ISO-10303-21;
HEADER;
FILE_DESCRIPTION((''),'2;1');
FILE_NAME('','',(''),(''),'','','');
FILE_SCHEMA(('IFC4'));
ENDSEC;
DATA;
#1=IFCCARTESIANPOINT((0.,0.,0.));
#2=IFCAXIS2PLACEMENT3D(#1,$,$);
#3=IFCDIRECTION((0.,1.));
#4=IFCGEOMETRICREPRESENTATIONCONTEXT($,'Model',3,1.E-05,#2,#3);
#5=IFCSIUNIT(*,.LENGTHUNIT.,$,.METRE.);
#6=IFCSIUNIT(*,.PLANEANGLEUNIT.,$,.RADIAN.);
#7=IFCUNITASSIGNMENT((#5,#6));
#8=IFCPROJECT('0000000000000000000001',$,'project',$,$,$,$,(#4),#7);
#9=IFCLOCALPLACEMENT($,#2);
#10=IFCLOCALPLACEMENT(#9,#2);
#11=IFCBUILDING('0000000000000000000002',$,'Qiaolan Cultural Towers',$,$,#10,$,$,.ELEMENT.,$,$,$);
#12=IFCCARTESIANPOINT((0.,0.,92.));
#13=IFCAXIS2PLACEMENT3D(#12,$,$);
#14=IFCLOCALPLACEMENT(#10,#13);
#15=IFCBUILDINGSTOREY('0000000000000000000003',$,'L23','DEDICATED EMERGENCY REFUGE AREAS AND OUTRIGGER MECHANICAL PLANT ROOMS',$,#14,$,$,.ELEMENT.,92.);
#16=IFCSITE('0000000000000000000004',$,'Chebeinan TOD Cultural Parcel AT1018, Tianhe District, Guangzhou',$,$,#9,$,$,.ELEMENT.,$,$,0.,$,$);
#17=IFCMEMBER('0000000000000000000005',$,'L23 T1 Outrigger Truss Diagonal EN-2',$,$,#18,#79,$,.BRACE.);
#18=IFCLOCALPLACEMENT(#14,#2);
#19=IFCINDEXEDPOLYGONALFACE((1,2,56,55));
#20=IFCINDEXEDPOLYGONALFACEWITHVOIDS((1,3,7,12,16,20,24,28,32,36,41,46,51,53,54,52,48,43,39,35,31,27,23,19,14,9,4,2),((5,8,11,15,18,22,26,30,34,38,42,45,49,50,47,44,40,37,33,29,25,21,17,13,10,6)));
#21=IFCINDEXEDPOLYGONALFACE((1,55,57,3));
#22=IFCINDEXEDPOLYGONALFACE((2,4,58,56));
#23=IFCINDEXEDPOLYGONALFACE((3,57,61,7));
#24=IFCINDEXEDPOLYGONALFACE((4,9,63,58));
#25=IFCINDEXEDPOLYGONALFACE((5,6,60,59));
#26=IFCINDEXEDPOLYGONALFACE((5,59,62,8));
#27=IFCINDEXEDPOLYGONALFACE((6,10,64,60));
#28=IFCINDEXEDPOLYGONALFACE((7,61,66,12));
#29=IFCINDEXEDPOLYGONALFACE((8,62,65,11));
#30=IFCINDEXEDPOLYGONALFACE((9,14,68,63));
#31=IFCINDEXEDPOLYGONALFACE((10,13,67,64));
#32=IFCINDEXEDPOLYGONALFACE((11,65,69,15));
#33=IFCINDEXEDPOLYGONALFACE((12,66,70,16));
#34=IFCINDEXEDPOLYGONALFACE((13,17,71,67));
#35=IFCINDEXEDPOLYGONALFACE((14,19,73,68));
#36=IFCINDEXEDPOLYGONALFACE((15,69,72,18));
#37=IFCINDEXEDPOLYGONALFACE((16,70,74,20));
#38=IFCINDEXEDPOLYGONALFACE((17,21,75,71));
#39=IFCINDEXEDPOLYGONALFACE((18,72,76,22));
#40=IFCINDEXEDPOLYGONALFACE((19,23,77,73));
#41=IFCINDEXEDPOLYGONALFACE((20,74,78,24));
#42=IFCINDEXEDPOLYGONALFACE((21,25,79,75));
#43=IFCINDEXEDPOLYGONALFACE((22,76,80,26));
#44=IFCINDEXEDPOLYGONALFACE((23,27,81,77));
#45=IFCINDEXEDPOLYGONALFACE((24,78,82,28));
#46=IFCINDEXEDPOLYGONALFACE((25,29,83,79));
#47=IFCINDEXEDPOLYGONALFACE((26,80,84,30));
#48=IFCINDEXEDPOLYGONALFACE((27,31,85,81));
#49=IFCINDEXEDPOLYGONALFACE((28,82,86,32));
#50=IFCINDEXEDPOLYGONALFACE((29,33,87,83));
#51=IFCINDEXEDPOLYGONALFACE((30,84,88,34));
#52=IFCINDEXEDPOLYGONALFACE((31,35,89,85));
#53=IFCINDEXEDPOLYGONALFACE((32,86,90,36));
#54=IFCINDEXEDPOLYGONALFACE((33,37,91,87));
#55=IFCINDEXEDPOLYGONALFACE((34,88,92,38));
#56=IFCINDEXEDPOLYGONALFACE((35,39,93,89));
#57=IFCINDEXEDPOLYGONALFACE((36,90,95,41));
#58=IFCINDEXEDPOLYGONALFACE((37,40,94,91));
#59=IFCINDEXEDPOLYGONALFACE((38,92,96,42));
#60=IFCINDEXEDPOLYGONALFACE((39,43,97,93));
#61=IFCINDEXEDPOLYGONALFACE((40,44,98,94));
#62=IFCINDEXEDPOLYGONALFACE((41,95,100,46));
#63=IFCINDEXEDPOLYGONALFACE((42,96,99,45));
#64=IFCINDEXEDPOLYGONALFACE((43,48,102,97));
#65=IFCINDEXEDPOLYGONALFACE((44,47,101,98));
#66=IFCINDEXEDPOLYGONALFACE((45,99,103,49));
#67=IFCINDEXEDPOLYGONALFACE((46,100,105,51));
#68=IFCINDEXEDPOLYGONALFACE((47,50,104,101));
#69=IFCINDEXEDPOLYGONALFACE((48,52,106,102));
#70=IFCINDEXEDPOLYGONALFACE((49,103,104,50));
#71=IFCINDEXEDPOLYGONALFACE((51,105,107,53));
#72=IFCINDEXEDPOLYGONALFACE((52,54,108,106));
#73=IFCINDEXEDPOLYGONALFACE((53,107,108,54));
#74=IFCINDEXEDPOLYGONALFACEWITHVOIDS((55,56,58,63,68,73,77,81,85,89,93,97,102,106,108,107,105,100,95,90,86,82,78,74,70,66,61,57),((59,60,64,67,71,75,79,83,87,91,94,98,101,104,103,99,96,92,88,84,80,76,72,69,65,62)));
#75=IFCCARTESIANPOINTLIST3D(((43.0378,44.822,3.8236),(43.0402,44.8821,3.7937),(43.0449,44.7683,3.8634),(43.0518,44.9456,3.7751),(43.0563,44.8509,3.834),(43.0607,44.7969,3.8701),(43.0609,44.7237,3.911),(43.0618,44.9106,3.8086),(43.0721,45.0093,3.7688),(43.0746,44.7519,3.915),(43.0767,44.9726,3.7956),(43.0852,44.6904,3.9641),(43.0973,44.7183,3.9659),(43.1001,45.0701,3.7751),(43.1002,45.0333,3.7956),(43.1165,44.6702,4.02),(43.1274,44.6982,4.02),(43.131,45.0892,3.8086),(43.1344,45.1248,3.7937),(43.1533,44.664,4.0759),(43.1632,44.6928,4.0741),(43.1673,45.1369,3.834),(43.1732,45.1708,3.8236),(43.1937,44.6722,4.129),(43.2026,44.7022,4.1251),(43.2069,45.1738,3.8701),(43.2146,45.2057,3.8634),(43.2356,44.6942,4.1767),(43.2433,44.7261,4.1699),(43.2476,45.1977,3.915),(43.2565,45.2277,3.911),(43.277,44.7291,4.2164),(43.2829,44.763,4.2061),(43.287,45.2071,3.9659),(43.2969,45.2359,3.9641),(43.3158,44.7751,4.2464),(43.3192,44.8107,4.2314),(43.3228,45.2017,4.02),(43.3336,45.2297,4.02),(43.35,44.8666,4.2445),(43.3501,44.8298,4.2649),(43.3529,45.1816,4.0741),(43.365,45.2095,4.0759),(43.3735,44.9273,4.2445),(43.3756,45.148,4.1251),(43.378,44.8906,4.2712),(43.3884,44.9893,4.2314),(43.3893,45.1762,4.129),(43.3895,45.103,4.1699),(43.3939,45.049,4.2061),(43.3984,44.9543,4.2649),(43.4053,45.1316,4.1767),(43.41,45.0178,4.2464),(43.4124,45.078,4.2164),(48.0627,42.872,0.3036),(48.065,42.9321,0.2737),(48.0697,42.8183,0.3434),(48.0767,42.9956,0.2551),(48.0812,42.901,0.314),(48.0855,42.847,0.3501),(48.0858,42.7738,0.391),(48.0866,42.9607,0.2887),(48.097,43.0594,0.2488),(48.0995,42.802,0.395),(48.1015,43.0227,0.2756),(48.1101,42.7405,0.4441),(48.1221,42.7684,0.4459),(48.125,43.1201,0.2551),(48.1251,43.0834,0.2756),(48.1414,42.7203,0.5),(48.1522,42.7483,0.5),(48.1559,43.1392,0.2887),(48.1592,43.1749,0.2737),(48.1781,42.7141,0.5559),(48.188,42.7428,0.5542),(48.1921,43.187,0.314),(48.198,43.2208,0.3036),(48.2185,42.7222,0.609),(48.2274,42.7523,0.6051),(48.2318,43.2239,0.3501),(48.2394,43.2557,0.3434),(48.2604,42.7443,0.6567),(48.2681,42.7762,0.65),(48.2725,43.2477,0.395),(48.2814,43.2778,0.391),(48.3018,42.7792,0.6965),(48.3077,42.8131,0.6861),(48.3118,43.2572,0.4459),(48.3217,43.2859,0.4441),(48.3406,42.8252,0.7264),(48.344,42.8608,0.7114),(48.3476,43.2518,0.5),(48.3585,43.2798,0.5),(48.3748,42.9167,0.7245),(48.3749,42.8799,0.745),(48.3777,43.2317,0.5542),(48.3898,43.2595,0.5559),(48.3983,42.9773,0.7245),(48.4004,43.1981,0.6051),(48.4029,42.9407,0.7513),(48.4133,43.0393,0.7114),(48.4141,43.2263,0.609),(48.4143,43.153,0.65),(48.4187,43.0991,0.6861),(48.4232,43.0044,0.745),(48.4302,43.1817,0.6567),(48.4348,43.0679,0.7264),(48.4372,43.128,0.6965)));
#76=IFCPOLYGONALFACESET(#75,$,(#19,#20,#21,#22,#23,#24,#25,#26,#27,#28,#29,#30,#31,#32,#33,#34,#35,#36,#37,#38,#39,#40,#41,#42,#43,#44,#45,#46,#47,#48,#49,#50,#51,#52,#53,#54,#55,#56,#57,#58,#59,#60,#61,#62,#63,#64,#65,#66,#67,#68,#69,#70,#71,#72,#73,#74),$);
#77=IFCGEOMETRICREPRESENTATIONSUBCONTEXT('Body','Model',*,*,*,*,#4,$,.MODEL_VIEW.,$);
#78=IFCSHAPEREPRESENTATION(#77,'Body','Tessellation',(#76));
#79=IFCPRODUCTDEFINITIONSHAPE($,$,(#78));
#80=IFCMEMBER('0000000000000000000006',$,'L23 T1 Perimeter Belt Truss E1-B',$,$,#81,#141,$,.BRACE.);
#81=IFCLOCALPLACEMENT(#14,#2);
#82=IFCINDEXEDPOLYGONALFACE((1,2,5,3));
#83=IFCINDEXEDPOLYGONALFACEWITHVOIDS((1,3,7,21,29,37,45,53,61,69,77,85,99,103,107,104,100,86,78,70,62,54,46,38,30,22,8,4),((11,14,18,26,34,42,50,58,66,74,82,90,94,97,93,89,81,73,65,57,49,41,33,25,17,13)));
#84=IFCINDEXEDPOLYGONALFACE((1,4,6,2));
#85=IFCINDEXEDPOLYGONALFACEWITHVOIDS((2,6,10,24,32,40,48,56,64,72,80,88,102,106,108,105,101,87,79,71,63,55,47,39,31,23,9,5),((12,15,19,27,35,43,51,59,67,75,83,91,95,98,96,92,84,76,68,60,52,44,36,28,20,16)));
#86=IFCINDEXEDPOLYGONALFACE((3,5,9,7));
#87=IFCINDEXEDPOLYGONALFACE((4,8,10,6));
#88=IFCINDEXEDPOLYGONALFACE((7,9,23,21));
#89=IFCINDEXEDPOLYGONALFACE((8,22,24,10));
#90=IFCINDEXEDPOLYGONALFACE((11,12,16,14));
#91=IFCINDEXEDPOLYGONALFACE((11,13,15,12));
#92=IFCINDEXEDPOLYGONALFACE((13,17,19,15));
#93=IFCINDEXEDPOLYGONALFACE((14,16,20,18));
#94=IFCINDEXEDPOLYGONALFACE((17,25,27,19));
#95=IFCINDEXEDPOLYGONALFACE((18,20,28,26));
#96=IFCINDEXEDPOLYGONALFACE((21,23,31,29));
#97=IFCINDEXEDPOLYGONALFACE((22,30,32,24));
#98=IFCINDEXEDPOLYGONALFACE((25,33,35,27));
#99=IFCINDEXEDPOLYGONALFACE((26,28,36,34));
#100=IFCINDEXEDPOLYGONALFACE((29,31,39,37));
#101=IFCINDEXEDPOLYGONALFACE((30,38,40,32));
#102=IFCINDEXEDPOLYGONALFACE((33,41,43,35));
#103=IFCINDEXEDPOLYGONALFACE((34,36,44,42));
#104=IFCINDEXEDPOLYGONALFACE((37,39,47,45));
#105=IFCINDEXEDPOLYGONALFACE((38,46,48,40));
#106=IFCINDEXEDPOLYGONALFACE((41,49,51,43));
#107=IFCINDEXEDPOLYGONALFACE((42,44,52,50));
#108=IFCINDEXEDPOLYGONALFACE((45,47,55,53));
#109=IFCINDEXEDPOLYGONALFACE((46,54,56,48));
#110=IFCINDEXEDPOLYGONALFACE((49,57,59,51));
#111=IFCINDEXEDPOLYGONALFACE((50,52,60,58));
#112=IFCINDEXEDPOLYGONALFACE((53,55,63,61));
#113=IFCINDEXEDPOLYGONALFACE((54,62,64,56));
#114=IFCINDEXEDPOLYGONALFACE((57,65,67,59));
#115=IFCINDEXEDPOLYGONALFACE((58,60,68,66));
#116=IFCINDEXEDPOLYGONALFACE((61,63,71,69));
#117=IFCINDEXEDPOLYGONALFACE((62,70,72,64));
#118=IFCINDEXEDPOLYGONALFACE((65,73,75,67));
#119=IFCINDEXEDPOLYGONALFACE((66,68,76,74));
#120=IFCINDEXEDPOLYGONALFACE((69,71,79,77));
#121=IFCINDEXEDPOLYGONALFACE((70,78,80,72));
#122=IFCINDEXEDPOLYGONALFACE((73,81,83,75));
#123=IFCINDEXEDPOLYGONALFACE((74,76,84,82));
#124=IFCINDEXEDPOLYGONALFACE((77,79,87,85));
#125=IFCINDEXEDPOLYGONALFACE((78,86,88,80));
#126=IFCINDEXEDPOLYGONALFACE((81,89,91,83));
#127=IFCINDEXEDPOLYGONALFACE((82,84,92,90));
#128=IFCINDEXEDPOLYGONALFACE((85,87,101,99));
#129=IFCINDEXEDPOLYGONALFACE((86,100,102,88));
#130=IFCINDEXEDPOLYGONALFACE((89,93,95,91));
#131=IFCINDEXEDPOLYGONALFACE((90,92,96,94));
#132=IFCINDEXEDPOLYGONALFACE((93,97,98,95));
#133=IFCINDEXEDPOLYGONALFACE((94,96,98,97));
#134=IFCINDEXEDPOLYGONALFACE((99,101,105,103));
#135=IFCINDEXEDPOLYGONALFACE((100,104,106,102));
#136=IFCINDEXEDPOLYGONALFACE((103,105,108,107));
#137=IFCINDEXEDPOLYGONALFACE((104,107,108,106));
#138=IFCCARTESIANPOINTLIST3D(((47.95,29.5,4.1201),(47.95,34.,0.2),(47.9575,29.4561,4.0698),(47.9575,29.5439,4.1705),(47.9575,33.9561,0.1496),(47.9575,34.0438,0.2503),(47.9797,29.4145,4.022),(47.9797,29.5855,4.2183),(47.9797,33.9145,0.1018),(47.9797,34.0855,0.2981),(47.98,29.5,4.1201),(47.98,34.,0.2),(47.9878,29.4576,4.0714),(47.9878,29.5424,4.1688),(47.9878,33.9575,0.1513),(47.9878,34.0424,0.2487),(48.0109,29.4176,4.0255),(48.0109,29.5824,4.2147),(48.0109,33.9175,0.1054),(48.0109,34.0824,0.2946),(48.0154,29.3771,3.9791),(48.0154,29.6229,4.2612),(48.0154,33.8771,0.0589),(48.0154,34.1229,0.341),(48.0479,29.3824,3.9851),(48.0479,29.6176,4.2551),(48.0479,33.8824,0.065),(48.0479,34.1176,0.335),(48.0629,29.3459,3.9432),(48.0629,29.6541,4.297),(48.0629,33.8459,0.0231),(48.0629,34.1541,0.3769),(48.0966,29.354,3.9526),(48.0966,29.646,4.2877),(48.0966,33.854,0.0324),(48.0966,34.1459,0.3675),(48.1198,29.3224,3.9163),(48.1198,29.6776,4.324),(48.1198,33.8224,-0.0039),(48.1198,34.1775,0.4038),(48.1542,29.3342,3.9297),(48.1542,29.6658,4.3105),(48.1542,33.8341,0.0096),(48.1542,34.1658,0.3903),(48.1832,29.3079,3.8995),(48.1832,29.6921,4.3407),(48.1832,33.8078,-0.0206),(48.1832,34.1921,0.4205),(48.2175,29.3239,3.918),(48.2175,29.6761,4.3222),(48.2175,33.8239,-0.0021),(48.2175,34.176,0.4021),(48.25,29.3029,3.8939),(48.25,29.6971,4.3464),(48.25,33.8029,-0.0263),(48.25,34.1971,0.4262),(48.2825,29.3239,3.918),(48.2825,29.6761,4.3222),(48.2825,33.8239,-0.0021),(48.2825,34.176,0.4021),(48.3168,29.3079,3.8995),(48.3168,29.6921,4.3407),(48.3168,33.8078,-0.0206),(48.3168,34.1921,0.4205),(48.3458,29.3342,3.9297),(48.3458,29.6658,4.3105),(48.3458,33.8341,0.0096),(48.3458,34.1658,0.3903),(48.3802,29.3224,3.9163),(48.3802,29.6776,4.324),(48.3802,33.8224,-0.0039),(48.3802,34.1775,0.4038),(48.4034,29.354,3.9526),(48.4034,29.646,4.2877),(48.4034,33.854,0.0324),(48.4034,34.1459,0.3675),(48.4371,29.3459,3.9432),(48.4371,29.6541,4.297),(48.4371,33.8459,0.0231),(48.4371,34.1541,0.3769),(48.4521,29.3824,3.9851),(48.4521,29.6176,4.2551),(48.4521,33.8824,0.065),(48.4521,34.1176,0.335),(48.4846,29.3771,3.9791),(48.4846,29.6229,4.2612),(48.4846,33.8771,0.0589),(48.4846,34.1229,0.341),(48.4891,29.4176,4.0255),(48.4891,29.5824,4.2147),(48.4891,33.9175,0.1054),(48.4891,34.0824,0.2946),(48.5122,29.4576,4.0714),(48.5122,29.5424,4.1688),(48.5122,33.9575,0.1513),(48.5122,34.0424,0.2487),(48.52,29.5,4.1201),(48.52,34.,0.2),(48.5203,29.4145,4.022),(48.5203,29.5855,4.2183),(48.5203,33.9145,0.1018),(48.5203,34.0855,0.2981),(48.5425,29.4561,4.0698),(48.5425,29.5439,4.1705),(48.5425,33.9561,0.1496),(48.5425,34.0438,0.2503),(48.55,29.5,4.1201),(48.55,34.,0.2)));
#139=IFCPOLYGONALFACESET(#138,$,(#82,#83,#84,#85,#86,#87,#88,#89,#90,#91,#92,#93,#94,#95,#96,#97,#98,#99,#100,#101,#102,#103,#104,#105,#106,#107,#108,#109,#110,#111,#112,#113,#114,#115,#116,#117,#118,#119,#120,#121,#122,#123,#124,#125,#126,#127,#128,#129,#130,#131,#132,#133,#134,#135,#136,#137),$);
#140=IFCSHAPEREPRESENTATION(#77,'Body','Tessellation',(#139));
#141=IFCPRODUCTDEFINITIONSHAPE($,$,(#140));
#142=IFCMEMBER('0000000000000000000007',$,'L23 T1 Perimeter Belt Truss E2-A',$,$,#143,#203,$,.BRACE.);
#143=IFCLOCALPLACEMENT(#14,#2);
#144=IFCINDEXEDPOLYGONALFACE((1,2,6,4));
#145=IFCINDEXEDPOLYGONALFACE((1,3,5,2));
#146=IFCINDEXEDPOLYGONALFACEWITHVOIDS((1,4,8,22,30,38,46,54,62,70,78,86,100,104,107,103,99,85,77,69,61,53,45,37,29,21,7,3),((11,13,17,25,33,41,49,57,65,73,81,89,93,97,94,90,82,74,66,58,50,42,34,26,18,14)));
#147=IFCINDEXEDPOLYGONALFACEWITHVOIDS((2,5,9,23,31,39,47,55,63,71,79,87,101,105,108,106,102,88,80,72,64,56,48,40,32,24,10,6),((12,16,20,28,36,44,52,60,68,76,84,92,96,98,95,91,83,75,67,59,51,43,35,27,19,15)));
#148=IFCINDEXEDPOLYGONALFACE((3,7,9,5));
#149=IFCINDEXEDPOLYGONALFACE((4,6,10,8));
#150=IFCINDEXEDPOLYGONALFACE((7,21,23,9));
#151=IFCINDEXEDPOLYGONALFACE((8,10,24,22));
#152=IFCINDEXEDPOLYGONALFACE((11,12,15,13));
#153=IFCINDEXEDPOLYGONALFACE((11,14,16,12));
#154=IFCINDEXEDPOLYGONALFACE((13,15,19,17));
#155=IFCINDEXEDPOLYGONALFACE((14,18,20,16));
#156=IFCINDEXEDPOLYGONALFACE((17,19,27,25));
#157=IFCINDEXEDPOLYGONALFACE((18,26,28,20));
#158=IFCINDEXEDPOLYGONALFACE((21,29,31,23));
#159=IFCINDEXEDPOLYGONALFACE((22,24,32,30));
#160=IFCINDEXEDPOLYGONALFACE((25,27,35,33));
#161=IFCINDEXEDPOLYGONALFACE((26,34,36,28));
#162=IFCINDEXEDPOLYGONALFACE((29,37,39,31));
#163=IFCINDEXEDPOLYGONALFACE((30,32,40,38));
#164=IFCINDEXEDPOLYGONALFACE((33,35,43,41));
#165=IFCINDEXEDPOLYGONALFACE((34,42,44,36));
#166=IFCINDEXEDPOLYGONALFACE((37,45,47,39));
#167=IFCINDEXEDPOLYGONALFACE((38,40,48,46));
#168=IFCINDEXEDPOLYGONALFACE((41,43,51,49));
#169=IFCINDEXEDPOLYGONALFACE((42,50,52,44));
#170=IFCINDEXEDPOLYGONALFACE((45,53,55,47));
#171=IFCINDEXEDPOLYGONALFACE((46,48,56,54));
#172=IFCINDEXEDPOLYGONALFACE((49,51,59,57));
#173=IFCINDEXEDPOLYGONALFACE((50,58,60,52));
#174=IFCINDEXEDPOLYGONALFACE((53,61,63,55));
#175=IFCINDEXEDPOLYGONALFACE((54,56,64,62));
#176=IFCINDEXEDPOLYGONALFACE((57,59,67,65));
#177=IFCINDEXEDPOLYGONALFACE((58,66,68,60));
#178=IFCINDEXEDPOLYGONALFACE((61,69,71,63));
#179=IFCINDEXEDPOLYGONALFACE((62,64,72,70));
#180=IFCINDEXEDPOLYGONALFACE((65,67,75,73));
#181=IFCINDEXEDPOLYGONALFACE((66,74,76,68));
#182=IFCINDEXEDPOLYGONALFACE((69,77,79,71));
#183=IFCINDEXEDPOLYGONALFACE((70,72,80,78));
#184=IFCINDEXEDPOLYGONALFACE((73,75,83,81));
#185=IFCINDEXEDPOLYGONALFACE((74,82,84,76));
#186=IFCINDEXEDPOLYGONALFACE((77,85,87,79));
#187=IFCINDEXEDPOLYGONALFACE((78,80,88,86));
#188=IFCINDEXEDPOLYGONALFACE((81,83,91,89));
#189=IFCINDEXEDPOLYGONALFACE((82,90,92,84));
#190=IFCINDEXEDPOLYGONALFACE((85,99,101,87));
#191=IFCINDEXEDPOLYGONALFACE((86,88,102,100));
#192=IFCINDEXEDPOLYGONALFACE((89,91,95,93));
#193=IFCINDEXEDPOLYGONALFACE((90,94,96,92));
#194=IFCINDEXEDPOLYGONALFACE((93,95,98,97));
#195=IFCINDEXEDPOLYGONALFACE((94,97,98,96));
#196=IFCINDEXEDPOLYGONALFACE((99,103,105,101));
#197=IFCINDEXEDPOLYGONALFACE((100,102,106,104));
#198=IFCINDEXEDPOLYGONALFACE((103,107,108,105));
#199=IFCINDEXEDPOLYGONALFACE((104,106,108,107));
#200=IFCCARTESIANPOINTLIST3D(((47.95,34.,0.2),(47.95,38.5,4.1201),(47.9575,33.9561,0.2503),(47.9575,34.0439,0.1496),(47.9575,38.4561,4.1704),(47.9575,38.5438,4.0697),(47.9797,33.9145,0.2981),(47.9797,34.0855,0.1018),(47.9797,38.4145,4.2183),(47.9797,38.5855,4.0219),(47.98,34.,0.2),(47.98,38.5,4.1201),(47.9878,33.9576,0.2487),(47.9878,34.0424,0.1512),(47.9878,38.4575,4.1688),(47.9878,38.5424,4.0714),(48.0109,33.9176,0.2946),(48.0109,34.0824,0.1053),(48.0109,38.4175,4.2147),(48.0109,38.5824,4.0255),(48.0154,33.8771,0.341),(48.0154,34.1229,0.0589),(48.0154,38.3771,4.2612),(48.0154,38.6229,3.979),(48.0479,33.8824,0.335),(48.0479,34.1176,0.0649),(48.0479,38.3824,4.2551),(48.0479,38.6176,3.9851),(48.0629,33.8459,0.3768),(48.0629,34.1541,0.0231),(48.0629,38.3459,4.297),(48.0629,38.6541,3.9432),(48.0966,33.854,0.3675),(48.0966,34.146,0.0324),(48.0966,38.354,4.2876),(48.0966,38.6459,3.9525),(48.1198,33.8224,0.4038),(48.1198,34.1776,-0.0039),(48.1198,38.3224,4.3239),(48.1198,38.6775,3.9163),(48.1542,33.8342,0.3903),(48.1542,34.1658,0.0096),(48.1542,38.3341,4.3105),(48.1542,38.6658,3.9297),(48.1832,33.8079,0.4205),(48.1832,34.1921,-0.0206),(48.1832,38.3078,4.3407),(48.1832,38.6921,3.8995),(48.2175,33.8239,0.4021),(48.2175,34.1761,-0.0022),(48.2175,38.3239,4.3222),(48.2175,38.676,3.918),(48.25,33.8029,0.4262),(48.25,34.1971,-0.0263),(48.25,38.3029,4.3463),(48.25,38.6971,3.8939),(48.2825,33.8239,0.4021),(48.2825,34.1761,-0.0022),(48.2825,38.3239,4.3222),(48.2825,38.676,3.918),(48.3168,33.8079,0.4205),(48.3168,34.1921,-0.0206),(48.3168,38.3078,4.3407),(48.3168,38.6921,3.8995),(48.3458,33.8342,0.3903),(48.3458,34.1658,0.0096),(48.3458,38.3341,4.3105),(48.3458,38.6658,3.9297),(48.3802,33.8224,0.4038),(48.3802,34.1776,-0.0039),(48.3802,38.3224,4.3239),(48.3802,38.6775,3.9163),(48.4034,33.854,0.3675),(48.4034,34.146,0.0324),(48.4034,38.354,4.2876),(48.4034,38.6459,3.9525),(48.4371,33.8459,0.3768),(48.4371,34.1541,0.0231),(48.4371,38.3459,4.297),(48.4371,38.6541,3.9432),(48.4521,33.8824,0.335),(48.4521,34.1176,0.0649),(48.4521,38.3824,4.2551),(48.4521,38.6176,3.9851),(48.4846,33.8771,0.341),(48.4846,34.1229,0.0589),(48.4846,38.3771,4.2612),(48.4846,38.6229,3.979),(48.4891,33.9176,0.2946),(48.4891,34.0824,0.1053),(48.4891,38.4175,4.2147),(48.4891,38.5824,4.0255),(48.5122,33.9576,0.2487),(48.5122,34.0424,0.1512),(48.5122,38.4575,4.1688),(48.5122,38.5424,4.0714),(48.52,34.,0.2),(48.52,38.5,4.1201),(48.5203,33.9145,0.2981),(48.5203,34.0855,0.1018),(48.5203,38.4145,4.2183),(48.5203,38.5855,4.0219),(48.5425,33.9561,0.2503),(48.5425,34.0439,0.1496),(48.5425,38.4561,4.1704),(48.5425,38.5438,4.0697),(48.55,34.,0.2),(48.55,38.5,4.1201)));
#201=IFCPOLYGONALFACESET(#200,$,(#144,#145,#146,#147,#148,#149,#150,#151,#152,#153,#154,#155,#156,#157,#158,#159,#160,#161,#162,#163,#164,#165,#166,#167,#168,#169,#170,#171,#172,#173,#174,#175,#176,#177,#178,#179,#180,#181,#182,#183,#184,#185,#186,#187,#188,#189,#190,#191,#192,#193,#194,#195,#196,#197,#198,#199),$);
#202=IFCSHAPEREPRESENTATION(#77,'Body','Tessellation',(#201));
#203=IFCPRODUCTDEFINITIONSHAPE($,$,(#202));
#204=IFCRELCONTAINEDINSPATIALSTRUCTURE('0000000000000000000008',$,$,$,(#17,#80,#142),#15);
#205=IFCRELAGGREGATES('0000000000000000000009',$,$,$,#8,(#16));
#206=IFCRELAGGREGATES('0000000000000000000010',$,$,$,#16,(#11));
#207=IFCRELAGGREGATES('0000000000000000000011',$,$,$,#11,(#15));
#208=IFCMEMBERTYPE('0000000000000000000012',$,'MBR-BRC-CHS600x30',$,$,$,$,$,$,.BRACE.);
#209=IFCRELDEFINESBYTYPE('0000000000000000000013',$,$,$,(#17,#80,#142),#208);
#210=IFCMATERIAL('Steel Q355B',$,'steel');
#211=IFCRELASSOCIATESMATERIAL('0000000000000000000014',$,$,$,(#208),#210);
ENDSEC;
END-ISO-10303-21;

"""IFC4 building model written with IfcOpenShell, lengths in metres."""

from ifc_helpers import new_model, si_unit, direction, frame, origin, origin_2d, place, context, subcontext, project, spatial, hollow_circle, extrude, material, material_profile, profile_set, type_object, element, save


model = new_model("IFC4")

# Units and contexts
model_context = context("Model", 3, precision=1e-05, world=origin(), true_north=direction((0.0, 1.0)))
body_context = subcontext(model_context, "Body", "Model", "MODEL_VIEW")
ifc_project = project(units=[si_unit("LENGTHUNIT", "METRE"), si_unit("PLANEANGLEUNIT", "RADIAN")], contexts=[model_context])

# Site, building, storey
site_placement = place(None, origin())
site = spatial("IfcSite", under=ifc_project, at=site_placement, Name="Chebeinan TOD Cultural Parcel AT1018, Tianhe District, Guangzhou", CompositionType="ELEMENT", RefElevation=0.0)
building_placement = place(site_placement, origin())
building = spatial("IfcBuilding", under=site, at=building_placement, Name="Qiaolan Cultural Towers", CompositionType="ELEMENT")
storey_placement = place(building_placement, frame((0.0, 0.0, 92.0)))
storey = spatial("IfcBuildingStorey", under=building, at=storey_placement, Name="L23", Description="DEDICATED EMERGENCY REFUGE AREAS AND OUTRIGGER MECHANICAL PLANT ROOMS", CompositionType="ELEMENT", Elevation=92.0)

# Members
ifc_material_1 = material(Name="Steel Q355B", Category="steel")
ifc_material_profile_1 = material_profile(ifc_material_1, hollow_circle(Radius=0.3, WallThickness=0.03, at=origin_2d()), Name="CHS600x30")
ifc_profile_set_1 = profile_set([ifc_material_profile_1], Name="Steel Q355B")
member_type_1 = type_object("IfcMemberType", Name="MBR-BRC-CHS600x30", PredefinedType="BRACE", material=ifc_profile_set_1)
member_1_placement = place(storey_placement, frame((43.2251, 44.95, 4.02), z_axis=(0.780557, -0.302901, -0.546792), x_axis=(0.361773, 0.932266, 0.0)))
element("IfcMember", 1, at=member_1_placement, inside=storey, type_object=member_type_1, Name="L23 T1 Outrigger Truss Diagonal EN-2", PredefinedType="BRACE", context=body_context, shape_type="SweptSolid", body=[
    extrude(hollow_circle(Radius=0.3, WallThickness=0.03, at=origin_2d()), origin(), (0.0, 0.0, 1.0), 6.4375),
])
for number, where, z_axis, x_axis, name in (
    (2, (48.25, 29.5, 4.1201), (0.0, 0.754014, -0.656858), (-1.0, 0.0, 0.0), "L23 T1 Perimeter Belt Truss E1-B"),
    (3, (48.25, 34.0, 0.2), (0.0, 0.754014, 0.656858), (-1.0, 0.0, 0.0), "L23 T1 Perimeter Belt Truss E2-A"),
):
    element("IfcMember", number, at=place(storey_placement, frame(where, z_axis=z_axis, x_axis=x_axis)), inside=storey, type_object=member_type_1, Name=name, PredefinedType="BRACE", context=body_context, shape_type="SweptSolid", body=[
        extrude(hollow_circle(Radius=0.3, WallThickness=0.03, at=origin_2d()), origin(), (0.0, 0.0, 1.0), 5.968),
    ])

save(model, "model.ifc")
